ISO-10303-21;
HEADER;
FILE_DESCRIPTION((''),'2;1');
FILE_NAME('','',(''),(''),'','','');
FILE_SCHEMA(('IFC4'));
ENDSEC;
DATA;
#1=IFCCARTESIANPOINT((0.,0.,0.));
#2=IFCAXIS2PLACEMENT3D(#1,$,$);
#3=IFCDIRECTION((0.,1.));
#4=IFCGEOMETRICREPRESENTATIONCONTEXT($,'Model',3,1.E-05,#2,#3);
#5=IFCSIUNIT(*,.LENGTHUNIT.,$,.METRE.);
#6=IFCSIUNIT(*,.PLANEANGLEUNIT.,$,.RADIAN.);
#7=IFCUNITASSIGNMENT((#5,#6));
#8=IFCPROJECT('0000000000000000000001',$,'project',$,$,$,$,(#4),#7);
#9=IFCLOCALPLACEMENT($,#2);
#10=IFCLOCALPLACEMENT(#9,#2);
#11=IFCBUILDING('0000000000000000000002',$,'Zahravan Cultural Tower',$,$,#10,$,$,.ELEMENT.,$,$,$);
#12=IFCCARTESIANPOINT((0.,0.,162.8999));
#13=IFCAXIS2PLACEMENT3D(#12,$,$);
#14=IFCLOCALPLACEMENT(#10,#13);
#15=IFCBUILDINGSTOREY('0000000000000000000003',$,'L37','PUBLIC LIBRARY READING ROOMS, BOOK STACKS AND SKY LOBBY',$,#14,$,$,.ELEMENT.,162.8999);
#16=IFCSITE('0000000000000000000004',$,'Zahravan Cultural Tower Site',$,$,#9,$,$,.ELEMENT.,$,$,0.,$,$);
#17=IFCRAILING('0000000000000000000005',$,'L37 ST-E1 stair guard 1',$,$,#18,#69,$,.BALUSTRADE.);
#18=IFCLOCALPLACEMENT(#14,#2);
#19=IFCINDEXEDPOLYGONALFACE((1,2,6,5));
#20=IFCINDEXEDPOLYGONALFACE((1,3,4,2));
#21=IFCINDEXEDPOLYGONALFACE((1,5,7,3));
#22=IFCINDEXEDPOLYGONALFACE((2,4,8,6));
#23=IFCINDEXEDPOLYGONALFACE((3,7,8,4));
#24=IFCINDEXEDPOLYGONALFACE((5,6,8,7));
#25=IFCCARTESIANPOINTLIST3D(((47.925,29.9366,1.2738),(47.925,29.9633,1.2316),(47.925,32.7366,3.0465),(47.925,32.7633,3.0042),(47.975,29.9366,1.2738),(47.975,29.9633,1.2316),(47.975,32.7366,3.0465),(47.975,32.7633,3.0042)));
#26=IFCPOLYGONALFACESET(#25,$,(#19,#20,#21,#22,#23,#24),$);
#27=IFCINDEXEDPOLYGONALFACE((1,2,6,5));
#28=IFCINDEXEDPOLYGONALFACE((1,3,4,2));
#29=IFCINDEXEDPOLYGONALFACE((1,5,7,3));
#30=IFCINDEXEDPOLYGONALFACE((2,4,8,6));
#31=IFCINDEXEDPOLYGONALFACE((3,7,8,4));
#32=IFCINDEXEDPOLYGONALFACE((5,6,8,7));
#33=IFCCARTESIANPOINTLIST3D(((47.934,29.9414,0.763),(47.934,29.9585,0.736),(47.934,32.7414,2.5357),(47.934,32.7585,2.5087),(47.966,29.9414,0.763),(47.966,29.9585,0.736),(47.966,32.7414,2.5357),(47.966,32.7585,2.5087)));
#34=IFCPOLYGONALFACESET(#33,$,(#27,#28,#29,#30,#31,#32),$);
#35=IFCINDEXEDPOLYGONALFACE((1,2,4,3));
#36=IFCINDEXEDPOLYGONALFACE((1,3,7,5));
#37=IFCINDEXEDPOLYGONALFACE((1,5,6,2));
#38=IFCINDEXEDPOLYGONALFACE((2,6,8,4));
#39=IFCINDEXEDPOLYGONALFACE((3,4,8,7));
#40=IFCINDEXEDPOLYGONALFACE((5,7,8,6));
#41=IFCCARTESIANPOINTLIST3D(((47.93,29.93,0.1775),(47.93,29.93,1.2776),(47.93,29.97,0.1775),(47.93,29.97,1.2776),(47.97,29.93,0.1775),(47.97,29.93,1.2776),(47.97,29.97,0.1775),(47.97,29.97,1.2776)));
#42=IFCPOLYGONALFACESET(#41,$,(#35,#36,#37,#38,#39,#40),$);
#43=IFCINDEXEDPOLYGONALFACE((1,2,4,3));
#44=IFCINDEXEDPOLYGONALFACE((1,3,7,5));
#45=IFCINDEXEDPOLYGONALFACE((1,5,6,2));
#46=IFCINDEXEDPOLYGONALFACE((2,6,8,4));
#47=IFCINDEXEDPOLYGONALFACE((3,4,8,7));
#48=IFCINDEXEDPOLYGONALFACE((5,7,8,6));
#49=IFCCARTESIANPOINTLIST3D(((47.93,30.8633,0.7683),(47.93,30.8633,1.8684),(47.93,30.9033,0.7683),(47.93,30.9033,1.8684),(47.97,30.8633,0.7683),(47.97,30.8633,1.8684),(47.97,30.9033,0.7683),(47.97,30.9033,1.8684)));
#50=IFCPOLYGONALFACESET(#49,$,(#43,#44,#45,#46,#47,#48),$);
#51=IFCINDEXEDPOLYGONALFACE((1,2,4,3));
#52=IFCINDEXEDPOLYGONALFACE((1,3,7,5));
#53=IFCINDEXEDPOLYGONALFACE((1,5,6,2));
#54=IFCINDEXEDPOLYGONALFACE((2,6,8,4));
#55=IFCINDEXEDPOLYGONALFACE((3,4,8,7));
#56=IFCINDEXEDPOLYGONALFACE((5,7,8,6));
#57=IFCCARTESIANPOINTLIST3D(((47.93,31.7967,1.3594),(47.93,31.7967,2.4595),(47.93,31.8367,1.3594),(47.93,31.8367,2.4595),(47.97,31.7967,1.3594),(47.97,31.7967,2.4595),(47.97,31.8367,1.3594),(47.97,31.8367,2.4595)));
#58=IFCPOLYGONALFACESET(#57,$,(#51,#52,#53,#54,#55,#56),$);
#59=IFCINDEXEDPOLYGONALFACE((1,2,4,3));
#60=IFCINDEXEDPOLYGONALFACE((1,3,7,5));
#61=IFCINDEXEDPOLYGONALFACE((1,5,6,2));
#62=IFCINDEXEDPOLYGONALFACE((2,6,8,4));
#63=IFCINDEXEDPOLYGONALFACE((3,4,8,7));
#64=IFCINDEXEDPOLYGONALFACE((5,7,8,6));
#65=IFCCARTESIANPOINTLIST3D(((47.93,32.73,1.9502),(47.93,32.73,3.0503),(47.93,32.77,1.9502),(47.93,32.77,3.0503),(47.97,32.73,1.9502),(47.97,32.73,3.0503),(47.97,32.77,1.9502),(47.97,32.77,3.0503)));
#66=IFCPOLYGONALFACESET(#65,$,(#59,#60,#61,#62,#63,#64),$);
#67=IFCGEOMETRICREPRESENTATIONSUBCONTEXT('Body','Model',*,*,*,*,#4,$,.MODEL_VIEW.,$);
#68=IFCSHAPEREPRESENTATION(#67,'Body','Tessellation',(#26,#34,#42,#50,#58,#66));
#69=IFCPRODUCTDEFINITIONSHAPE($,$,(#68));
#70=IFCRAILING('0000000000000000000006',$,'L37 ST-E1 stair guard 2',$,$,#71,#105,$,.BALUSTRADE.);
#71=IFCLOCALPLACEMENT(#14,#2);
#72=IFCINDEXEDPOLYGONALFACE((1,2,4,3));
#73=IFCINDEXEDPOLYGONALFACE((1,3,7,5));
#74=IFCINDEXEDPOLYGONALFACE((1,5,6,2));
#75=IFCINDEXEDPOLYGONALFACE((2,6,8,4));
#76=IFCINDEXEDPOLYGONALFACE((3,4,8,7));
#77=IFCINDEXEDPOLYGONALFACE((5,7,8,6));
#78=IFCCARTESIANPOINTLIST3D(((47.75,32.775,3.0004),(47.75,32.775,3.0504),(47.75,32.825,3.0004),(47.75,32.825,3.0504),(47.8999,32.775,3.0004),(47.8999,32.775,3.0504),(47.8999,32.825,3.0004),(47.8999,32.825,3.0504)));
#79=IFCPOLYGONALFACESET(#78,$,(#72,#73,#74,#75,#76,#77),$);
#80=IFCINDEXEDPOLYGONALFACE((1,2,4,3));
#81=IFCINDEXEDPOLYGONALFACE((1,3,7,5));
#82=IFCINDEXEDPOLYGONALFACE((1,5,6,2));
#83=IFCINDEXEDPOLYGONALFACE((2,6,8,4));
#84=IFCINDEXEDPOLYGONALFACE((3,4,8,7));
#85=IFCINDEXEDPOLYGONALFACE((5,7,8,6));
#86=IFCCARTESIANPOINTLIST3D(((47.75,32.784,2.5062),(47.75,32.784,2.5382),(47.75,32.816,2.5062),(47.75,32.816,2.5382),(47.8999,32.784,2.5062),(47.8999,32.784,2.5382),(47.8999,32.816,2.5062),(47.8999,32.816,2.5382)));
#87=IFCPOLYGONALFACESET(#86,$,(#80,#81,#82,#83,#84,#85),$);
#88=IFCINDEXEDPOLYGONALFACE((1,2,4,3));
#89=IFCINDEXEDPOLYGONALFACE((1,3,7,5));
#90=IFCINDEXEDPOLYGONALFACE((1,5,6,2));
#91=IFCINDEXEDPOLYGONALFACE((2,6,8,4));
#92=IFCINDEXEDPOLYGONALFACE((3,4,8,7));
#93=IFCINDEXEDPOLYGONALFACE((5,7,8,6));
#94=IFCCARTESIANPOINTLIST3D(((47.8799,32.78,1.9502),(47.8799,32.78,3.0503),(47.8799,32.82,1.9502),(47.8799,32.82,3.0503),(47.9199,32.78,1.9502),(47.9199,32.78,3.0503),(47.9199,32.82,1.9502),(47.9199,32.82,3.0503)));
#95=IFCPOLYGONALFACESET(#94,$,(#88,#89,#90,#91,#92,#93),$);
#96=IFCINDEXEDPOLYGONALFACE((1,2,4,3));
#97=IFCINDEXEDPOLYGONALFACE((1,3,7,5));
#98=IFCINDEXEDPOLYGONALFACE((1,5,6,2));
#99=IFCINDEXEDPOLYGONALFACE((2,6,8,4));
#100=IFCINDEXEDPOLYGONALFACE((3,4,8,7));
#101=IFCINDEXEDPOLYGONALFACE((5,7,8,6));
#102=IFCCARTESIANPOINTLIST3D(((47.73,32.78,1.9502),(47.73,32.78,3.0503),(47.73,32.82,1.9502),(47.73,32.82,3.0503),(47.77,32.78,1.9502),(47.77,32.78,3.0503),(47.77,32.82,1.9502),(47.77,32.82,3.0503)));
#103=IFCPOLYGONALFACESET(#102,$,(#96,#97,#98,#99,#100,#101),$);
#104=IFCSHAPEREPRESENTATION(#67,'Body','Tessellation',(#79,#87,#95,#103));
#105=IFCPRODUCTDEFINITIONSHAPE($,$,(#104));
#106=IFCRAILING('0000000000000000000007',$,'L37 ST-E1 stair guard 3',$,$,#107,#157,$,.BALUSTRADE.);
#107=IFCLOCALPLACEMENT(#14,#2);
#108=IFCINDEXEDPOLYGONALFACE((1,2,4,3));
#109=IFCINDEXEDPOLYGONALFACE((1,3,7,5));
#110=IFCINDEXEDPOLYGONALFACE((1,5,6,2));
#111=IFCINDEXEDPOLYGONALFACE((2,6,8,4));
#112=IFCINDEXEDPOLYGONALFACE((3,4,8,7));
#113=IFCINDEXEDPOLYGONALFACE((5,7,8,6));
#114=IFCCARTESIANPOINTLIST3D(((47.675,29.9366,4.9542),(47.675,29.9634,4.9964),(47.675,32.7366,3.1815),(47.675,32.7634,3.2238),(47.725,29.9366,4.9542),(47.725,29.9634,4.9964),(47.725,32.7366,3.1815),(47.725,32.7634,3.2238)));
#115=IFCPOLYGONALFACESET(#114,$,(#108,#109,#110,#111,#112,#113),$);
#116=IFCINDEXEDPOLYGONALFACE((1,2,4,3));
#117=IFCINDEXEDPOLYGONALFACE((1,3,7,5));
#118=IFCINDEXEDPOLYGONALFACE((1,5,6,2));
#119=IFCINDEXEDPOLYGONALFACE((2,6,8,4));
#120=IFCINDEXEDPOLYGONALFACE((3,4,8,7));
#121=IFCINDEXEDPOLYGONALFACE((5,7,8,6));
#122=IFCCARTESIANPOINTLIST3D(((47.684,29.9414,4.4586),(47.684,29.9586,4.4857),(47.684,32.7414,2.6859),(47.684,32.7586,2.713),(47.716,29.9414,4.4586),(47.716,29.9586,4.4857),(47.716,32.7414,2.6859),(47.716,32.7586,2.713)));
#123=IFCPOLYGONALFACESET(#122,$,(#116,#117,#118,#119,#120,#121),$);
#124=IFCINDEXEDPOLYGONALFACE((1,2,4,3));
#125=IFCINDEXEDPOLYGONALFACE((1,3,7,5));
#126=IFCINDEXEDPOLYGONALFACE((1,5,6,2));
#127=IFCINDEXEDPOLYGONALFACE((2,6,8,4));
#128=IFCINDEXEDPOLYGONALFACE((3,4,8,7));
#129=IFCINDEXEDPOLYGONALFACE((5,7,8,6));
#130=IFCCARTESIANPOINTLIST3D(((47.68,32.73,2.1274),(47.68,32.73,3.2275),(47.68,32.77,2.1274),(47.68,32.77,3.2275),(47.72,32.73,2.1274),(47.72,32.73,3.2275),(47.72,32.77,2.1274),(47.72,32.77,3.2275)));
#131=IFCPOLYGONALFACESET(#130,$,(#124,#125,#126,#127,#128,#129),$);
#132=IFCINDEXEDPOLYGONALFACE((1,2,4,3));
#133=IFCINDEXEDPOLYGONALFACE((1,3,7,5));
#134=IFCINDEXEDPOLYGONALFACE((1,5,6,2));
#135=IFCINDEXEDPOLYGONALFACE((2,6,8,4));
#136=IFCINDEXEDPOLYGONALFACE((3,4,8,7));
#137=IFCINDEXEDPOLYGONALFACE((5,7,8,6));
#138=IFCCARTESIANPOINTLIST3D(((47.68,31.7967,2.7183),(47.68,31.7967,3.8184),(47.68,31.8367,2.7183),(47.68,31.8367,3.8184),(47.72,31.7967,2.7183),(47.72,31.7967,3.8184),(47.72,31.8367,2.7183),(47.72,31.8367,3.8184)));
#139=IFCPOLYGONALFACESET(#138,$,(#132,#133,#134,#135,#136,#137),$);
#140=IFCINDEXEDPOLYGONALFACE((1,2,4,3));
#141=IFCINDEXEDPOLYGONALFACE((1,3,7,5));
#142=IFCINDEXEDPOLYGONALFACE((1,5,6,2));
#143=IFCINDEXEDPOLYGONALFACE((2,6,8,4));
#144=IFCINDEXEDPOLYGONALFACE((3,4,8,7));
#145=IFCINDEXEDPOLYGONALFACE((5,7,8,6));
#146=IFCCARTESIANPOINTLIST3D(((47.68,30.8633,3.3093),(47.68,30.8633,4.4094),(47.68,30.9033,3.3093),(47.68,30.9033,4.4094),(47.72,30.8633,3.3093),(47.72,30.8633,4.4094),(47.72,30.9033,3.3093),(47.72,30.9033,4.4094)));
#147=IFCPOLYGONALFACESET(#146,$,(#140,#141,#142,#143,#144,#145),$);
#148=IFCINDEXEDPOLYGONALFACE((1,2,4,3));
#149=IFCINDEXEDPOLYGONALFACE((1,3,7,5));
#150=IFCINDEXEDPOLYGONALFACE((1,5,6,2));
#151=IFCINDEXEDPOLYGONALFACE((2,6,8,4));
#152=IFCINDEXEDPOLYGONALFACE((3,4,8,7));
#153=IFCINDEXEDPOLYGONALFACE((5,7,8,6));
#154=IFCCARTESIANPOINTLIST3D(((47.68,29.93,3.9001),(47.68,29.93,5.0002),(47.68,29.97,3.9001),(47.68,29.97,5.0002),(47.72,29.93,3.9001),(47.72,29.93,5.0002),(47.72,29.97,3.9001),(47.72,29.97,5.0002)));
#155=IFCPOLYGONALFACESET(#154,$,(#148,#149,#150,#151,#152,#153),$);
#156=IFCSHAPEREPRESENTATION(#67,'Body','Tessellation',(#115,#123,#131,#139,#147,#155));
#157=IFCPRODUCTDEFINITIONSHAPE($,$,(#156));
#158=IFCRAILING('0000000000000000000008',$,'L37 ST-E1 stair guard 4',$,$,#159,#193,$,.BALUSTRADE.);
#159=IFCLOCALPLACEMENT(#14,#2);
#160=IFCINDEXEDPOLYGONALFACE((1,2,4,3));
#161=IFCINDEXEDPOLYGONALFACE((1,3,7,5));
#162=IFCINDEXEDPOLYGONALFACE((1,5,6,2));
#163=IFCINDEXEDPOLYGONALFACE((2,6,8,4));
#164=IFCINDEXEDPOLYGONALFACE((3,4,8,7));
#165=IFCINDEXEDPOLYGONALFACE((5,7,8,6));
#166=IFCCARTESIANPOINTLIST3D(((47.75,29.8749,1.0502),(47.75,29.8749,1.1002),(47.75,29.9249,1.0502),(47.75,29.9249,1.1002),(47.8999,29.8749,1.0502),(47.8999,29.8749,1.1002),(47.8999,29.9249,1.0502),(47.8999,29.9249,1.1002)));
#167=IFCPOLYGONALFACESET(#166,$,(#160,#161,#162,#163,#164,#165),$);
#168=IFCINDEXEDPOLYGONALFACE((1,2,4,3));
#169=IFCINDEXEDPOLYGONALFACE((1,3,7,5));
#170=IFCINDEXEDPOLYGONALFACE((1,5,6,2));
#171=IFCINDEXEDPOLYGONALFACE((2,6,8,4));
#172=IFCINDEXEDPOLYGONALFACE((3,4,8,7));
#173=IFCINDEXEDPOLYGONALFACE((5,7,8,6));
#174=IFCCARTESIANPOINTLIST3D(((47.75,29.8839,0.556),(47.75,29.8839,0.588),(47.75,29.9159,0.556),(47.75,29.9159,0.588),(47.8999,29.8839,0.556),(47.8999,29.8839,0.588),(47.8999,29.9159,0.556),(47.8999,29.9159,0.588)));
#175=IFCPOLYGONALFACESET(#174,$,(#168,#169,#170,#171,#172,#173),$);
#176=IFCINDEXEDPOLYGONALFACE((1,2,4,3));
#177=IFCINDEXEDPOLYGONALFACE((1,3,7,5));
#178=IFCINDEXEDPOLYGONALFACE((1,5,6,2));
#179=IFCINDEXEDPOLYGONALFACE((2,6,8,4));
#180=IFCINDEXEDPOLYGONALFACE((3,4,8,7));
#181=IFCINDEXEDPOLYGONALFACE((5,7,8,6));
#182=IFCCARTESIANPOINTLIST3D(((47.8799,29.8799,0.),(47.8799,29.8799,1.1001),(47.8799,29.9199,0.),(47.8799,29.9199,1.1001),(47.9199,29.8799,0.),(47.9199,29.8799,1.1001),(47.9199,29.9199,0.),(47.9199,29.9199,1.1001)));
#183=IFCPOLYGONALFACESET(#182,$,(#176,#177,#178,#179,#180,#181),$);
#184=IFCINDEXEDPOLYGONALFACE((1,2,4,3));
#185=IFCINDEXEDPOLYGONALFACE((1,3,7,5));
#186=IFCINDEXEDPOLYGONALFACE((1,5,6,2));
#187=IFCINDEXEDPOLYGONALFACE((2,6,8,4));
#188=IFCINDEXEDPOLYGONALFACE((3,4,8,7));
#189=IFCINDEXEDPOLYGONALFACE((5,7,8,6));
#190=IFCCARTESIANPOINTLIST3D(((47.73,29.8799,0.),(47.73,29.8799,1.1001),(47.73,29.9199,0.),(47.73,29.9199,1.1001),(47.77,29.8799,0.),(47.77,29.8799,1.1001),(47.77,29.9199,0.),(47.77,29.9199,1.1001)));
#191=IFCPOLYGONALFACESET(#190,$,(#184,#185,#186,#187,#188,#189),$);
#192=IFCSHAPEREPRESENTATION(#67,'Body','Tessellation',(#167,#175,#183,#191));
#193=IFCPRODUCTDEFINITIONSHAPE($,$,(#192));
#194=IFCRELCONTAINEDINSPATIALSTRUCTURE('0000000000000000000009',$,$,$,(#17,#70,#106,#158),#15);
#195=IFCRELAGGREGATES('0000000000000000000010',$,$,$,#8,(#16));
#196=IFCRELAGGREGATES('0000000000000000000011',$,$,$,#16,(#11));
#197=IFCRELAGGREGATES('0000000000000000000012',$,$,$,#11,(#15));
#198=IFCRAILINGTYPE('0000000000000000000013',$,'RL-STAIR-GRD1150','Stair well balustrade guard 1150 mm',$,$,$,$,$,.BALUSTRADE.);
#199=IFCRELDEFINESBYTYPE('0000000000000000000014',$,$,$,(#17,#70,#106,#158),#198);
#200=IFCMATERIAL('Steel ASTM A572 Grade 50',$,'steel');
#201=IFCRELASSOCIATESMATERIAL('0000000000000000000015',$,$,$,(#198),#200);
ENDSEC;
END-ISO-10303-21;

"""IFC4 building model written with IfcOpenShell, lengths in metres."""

from ifc_helpers import new_model, si_unit, direction, frame, origin, origin_2d, place, context, subcontext, project, spatial, rectangle, extrude, material, type_object, element, save


model = new_model("IFC4")

# Units and contexts
model_context = context("Model", 3, precision=1e-05, world=origin(), true_north=direction((0.0, 1.0)))
body_context = subcontext(model_context, "Body", "Model", "MODEL_VIEW")
ifc_project = project(units=[si_unit("LENGTHUNIT", "METRE"), si_unit("PLANEANGLEUNIT", "RADIAN")], contexts=[model_context])

# Site, building, storey
site_placement = place(None, origin())
site = spatial("IfcSite", under=ifc_project, at=site_placement, Name="Zahravan Cultural Tower Site", CompositionType="ELEMENT", RefElevation=0.0)
building_placement = place(site_placement, origin())
building = spatial("IfcBuilding", under=site, at=building_placement, Name="Zahravan Cultural Tower", CompositionType="ELEMENT")
storey_placement = place(building_placement, frame((0.0, 0.0, 162.8999)))
storey = spatial("IfcBuildingStorey", under=building, at=storey_placement, Name="L37", Description="PUBLIC LIBRARY READING ROOMS, BOOK STACKS AND SKY LOBBY", CompositionType="ELEMENT", Elevation=162.8999)

# Shared definitions
ifc_material_1 = material(Name="Steel ASTM A572 Grade 50", Category="steel")

# Railings
railing_type_1 = type_object("IfcRailingType", Name="RL-STAIR-GRD1150", Description="Stair well balustrade guard 1150 mm", PredefinedType="BALUSTRADE", material=ifc_material_1)
railing_1_placement = place(storey_placement, frame((47.95, 29.95, 0.1775)))
element("IfcRailing", 1, at=railing_1_placement, inside=storey, type_object=railing_type_1, Name="L37 ST-E1 stair guard 1", PredefinedType="BALUSTRADE", context=body_context, shape_type="SweptSolid", body=[
    extrude(rectangle(XDim=0.05, YDim=0.05, at=origin_2d()), frame((0.0, 0.0, 1.0752), z_axis=(0.0, 0.844909, 0.53491), x_axis=(-1.0, 0.0, 0.0)), (0.0, 0.0, 1.0), 3.314),
    extrude(rectangle(XDim=0.032, YDim=0.032, at=origin_2d()), frame((0.0, 0.0, 0.572), z_axis=(0.0, 0.844909, 0.53491), x_axis=(-1.0, 0.0, 0.0)), (0.0, 0.0, 1.0), 3.314),
    extrude(rectangle(XDim=0.04, YDim=0.04, at=origin_2d()), origin(), (0.0, 0.0, 1.0), 1.1001),
    extrude(rectangle(XDim=0.04, YDim=0.04, at=origin_2d()), frame((0.0, 0.9333, 0.5908)), (0.0, 0.0, 1.0), 1.1001),
    extrude(rectangle(XDim=0.04, YDim=0.04, at=origin_2d()), frame((0.0, 1.8667, 1.1819)), (0.0, 0.0, 1.0), 1.1001),
    extrude(rectangle(XDim=0.04, YDim=0.04, at=origin_2d()), frame((0.0, 2.8, 1.7727)), (0.0, 0.0, 1.0), 1.1001),
])
railing_2_placement = place(storey_placement, frame((47.8999, 32.8, 1.9502)))
element("IfcRailing", 2, at=railing_2_placement, inside=storey, type_object=railing_type_1, Name="L37 ST-E1 stair guard 2", PredefinedType="BALUSTRADE", context=body_context, shape_type="SweptSolid", body=[
    extrude(rectangle(XDim=0.05, YDim=0.05, at=origin_2d()), frame((0.0, 0.0, 1.0752), z_axis=(-1.0, 0.0, 0.0), x_axis=(0.0, -1.0, 0.0)), (0.0, 0.0, 1.0), 0.1499),
    extrude(rectangle(XDim=0.032, YDim=0.032, at=origin_2d()), frame((0.0, 0.0, 0.572), z_axis=(-1.0, 0.0, 0.0), x_axis=(0.0, -1.0, 0.0)), (0.0, 0.0, 1.0), 0.1499),
    extrude(rectangle(XDim=0.04, YDim=0.04, at=origin_2d()), origin(), (0.0, 0.0, 1.0), 1.1001),
    extrude(rectangle(XDim=0.04, YDim=0.04, at=origin_2d()), frame((-0.1499, 0.0, 0.0)), (0.0, 0.0, 1.0), 1.1001),
])
railing_3_placement = place(storey_placement, frame((47.7, 32.75, 2.1274)))
element("IfcRailing", 3, at=railing_3_placement, inside=storey, type_object=railing_type_1, Name="L37 ST-E1 stair guard 3", PredefinedType="BALUSTRADE", context=body_context, shape_type="SweptSolid", body=[
    extrude(rectangle(XDim=0.05, YDim=0.05, at=origin_2d()), frame((0.0, 0.0, 1.0752), z_axis=(0.0, -0.844909, 0.53491), x_axis=(1.0, 0.0, 0.0)), (0.0, 0.0, 1.0), 3.314),
    extrude(rectangle(XDim=0.032, YDim=0.032, at=origin_2d()), frame((0.0, 0.0, 0.572), z_axis=(0.0, -0.844909, 0.53491), x_axis=(1.0, 0.0, 0.0)), (0.0, 0.0, 1.0), 3.314),
    extrude(rectangle(XDim=0.04, YDim=0.04, at=origin_2d()), origin(), (0.0, 0.0, 1.0), 1.1001),
    extrude(rectangle(XDim=0.04, YDim=0.04, at=origin_2d()), frame((0.0, -0.9333, 0.5908)), (0.0, 0.0, 1.0), 1.1001),
    extrude(rectangle(XDim=0.04, YDim=0.04, at=origin_2d()), frame((0.0, -1.8667, 1.1819)), (0.0, 0.0, 1.0), 1.1001),
    extrude(rectangle(XDim=0.04, YDim=0.04, at=origin_2d()), frame((0.0, -2.8, 1.7727)), (0.0, 0.0, 1.0), 1.1001),
])
railing_4_placement = place(storey_placement, frame((47.8999, 29.8999, 0.0)))
element("IfcRailing", 4, at=railing_4_placement, inside=storey, type_object=railing_type_1, Name="L37 ST-E1 stair guard 4", PredefinedType="BALUSTRADE", context=body_context, shape_type="SweptSolid", body=[
    extrude(rectangle(XDim=0.05, YDim=0.05, at=origin_2d()), frame((0.0, 0.0, 1.0752), z_axis=(-1.0, 0.0, 0.0), x_axis=(0.0, -1.0, 0.0)), (0.0, 0.0, 1.0), 0.1499),
    extrude(rectangle(XDim=0.032, YDim=0.032, at=origin_2d()), frame((0.0, 0.0, 0.572), z_axis=(-1.0, 0.0, 0.0), x_axis=(0.0, -1.0, 0.0)), (0.0, 0.0, 1.0), 0.1499),
    extrude(rectangle(XDim=0.04, YDim=0.04, at=origin_2d()), origin(), (0.0, 0.0, 1.0), 1.1001),
    extrude(rectangle(XDim=0.04, YDim=0.04, at=origin_2d()), frame((-0.1499, 0.0, 0.0)), (0.0, 0.0, 1.0), 1.1001),
])

save(model, "model.ifc")
